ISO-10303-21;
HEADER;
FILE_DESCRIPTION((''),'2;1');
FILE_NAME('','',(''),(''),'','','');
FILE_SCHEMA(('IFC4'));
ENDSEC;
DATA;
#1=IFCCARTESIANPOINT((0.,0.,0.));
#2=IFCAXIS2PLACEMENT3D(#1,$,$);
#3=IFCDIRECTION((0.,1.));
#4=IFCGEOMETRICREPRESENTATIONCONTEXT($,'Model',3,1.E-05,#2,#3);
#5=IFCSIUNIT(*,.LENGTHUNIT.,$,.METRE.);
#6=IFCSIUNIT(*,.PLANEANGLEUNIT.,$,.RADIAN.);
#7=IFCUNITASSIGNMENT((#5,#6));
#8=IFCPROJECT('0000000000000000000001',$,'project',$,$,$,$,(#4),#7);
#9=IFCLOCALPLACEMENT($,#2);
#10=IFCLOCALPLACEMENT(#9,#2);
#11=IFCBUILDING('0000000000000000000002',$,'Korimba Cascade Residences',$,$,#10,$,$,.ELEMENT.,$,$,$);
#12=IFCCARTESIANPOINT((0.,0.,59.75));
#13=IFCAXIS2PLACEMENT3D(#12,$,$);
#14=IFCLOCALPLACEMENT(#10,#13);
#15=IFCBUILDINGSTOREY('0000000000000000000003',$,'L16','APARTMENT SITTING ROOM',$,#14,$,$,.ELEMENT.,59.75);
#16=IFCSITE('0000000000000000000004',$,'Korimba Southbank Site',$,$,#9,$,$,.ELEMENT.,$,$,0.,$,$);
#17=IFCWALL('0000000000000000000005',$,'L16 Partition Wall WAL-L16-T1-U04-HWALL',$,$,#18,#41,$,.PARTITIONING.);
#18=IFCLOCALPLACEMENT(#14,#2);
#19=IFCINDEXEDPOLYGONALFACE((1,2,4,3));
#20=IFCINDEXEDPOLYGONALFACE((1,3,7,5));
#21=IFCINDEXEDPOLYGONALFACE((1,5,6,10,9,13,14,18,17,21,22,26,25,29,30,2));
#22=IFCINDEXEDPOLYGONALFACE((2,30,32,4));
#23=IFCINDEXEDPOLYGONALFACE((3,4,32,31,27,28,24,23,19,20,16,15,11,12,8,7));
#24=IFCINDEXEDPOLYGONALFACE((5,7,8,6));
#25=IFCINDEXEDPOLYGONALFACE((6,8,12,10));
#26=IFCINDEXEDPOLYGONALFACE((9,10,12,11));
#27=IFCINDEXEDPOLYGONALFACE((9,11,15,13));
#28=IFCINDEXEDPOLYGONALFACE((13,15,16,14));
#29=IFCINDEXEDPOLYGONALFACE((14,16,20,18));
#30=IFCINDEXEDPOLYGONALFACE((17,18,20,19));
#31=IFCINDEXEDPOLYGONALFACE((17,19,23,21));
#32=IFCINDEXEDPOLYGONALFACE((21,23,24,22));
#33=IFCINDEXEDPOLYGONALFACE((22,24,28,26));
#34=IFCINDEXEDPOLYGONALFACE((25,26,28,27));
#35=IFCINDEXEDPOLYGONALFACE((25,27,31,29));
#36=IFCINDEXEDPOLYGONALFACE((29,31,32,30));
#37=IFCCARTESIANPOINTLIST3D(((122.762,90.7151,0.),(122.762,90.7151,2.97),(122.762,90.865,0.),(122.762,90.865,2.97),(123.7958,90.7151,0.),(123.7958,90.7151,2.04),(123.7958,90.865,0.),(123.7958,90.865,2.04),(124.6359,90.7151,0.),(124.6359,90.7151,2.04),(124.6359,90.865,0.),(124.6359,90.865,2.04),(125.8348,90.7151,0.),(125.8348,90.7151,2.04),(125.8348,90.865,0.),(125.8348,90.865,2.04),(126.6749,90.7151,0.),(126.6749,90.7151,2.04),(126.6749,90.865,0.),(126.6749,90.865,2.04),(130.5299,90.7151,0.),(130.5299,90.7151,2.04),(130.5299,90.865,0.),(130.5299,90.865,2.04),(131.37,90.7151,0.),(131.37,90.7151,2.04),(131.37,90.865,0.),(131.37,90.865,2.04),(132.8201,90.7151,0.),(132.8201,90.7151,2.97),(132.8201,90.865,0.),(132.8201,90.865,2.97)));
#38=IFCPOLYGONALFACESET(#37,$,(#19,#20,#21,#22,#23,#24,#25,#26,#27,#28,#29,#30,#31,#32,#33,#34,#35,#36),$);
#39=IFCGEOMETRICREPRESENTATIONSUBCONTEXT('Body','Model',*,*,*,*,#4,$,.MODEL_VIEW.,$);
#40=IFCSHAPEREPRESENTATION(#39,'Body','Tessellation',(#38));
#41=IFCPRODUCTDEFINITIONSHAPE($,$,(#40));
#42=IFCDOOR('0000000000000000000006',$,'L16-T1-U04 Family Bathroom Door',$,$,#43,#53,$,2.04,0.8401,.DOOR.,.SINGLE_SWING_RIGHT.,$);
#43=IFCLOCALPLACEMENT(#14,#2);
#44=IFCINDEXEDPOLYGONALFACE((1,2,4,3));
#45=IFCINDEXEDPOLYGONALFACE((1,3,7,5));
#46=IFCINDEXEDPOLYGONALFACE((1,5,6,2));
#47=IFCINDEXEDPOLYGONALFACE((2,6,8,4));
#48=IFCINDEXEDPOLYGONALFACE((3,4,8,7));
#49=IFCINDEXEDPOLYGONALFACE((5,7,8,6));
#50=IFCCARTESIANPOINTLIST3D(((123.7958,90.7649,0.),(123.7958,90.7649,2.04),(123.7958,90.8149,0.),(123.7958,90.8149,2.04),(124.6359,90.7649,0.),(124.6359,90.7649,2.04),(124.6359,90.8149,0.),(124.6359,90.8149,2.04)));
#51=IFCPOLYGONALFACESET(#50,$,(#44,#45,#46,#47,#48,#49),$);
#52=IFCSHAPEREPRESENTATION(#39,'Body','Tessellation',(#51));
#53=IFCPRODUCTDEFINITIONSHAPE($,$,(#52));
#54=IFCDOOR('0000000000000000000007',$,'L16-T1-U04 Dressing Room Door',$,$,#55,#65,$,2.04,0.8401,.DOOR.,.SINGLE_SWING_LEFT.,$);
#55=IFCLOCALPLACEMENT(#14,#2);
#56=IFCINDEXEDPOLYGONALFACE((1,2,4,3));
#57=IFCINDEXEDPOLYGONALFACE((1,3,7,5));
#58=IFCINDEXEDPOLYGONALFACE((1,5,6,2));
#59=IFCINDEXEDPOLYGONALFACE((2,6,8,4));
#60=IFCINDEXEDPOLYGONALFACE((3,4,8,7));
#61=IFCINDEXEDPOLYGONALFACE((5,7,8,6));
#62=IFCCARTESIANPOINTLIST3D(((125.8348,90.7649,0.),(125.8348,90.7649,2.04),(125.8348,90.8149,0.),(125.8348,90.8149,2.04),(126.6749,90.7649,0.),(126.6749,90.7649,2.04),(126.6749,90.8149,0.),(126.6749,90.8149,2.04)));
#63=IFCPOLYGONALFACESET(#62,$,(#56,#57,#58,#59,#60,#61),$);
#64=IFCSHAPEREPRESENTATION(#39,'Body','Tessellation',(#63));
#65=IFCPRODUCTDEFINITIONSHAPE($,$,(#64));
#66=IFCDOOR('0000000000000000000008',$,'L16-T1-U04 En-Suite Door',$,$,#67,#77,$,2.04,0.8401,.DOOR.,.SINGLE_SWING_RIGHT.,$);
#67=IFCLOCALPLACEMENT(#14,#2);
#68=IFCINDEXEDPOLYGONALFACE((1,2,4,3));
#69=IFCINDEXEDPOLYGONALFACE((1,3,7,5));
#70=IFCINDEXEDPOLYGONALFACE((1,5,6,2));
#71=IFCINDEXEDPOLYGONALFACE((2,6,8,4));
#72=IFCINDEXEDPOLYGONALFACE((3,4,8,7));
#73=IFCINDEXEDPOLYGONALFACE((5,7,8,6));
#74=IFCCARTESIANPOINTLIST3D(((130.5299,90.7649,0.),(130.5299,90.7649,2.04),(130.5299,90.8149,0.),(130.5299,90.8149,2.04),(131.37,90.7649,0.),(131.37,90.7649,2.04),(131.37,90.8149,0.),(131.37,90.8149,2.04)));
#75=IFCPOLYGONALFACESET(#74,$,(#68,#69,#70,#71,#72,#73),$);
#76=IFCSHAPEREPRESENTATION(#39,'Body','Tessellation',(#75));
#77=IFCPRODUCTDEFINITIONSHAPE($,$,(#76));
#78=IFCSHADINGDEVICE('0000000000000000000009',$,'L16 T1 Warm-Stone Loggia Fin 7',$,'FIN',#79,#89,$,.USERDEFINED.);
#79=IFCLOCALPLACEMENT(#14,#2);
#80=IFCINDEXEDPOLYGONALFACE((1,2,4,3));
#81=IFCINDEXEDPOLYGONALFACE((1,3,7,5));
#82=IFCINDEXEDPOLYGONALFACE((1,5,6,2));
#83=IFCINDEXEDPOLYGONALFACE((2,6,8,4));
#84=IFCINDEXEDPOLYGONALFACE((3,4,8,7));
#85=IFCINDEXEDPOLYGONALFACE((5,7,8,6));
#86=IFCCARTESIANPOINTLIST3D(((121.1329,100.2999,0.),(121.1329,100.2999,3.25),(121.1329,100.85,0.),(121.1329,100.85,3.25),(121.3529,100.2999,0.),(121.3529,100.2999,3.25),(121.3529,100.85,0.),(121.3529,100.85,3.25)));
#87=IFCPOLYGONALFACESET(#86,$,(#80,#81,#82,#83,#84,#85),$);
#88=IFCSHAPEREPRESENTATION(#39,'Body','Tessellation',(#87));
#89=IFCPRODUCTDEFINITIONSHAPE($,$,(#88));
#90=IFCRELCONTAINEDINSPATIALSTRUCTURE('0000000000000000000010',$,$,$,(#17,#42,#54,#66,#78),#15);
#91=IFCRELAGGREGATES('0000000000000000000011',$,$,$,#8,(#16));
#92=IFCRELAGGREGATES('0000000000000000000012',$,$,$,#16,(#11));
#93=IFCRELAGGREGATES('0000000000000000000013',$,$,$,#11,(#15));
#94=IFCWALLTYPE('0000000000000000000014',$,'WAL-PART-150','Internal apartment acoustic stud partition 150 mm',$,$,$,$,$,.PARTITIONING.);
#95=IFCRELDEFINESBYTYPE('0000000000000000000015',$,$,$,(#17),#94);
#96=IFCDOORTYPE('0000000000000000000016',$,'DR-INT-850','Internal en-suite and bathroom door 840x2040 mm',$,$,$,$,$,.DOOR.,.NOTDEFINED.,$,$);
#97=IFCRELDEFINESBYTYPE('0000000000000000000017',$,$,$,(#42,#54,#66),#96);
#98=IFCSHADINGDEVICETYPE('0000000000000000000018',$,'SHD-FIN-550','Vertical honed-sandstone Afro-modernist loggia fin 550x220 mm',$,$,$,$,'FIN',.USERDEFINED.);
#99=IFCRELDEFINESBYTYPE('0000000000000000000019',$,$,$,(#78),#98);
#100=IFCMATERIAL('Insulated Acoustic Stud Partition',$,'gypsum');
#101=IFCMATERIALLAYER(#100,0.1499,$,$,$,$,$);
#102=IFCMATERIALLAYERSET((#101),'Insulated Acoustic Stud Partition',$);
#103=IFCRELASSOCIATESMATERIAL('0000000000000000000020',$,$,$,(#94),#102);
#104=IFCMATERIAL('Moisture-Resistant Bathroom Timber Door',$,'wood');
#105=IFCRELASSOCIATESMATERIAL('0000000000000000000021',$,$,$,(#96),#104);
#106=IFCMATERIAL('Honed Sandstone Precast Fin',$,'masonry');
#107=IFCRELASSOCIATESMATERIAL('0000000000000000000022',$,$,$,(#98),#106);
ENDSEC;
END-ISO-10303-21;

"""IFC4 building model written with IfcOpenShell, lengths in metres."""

from ifc_helpers import new_model, si_unit, direction, frame, frame_2d, origin, origin_2d, place, context, subcontext, project, spatial, rectangle, extrude, material, layer, layer_set, type_object, element, fill, save


model = new_model("IFC4")

# Units and contexts
model_context = context("Model", 3, precision=1e-05, world=origin(), true_north=direction((0.0, 1.0)))
body_context = subcontext(model_context, "Body", "Model", "MODEL_VIEW")
ifc_project = project(units=[si_unit("LENGTHUNIT", "METRE"), si_unit("PLANEANGLEUNIT", "RADIAN")], contexts=[model_context])

# Site, building, storey
site_placement = place(None, origin())
site = spatial("IfcSite", under=ifc_project, at=site_placement, Name="Korimba Southbank Site", CompositionType="ELEMENT", RefElevation=0.0)
building_placement = place(site_placement, origin())
building = spatial("IfcBuilding", under=site, at=building_placement, Name="Korimba Cascade Residences", CompositionType="ELEMENT")
storey_placement = place(building_placement, frame((0.0, 0.0, 59.75)))
storey = spatial("IfcBuildingStorey", under=building, at=storey_placement, Name="L16", Description="APARTMENT SITTING ROOM", CompositionType="ELEMENT", Elevation=59.75)

# Shared definitions
ifc_material_1 = material(Name="Insulated Acoustic Stud Partition", Category="gypsum")
ifc_layer = layer(ifc_material_1, 0.1499)
ifc_layer_set = layer_set([ifc_layer], Name="Insulated Acoustic Stud Partition")
wall_type = type_object("IfcWallType", Name="WAL-PART-150", Description="Internal apartment acoustic stud partition 150 mm", PredefinedType="PARTITIONING", material=ifc_layer_set)

# Wall, openings, doors
wall_1_placement = place(storey_placement, frame((122.762, 90.79, 0.0), z_axis=(0.0, 0.0, 1.0), x_axis=(1.0, 0.0, 0.0)))
wall_1 = element("IfcWall", 1, at=wall_1_placement, inside=storey, type_object=wall_type, Name="L16 Partition Wall WAL-L16-T1-U04-HWALL", PredefinedType="PARTITIONING", context=body_context, shape_type="SweptSolid", body=[
    extrude(rectangle(XDim=10.0581, YDim=0.1499, at=frame_2d((5.0291, 0.0))), origin(), (0.0, 0.0, 1.0), 2.97),
])
opening_1_placement = place(wall_1_placement, frame((1.0339, 0.0, 0.0)))
opening_1 = element("IfcOpeningElement", 2, at=opening_1_placement, cuts=wall_1, PredefinedType="OPENING", context=body_context, shape_type="SweptSolid", body=[
    extrude(rectangle(XDim=0.8401, YDim=2.04, at=frame_2d((0.4199, 1.02))), frame((0.0, 0.085, 0.0), z_axis=(0.0, -1.0, 0.0), x_axis=(1.0, 0.0, 0.0)), (0.0, 0.0, 1.0), 0.1699),
])
opening_2_placement = place(wall_1_placement, frame((3.073, 0.0, 0.0)))
opening_2 = element("IfcOpeningElement", 3, at=opening_2_placement, cuts=wall_1, PredefinedType="OPENING", context=body_context, shape_type="SweptSolid", body=[
    extrude(rectangle(XDim=0.8401, YDim=2.04, at=frame_2d((0.4199, 1.02))), frame((0.0, 0.085, 0.0), z_axis=(0.0, -1.0, 0.0), x_axis=(1.0, 0.0, 0.0)), (0.0, 0.0, 1.0), 0.1699),
])
opening_3_placement = place(wall_1_placement, frame((7.7681, 0.0, 0.0)))
opening_3 = element("IfcOpeningElement", 4, at=opening_3_placement, cuts=wall_1, PredefinedType="OPENING", context=body_context, shape_type="SweptSolid", body=[
    extrude(rectangle(XDim=0.8401, YDim=2.04, at=frame_2d((0.4199, 1.02))), frame((0.0, 0.085, 0.0), z_axis=(0.0, -1.0, 0.0), x_axis=(1.0, 0.0, 0.0)), (0.0, 0.0, 1.0), 0.1699),
])
ifc_material_2 = material(Name="Moisture-Resistant Bathroom Timber Door", Category="wood")
door_type = type_object("IfcDoorType", Name="DR-INT-850", Description="Internal en-suite and bathroom door 840x2040 mm", OperationType="NOTDEFINED", PredefinedType="DOOR", material=ifc_material_2)
door_1_placement = place(opening_1_placement, origin())
door_1 = element("IfcDoor", 5, at=door_1_placement, inside=storey, type_object=door_type, Name="L16-T1-U04 Family Bathroom Door", OperationType="SINGLE_SWING_RIGHT", OverallHeight=2.04, OverallWidth=0.8401, PredefinedType="DOOR", context=body_context, shape_type="SweptSolid", body=[
    extrude(rectangle(XDim=0.8401, YDim=2.04, at=frame_2d((0.4199, 1.02))), frame((0.0, 0.0249, 0.0), z_axis=(0.0, -1.0, 0.0), x_axis=(1.0, 0.0, 0.0)), (0.0, 0.0, 1.0), 0.05),
])
fill(opening_1, door_1)
door_2_placement = place(opening_2_placement, origin())
door_2 = element("IfcDoor", 6, at=door_2_placement, inside=storey, type_object=door_type, Name="L16-T1-U04 Dressing Room Door", OperationType="SINGLE_SWING_LEFT", OverallHeight=2.04, OverallWidth=0.8401, PredefinedType="DOOR", context=body_context, shape_type="SweptSolid", body=[
    extrude(rectangle(XDim=0.8401, YDim=2.04, at=frame_2d((0.4199, 1.02))), frame((0.0, 0.0249, 0.0), z_axis=(0.0, -1.0, 0.0), x_axis=(1.0, 0.0, 0.0)), (0.0, 0.0, 1.0), 0.05),
])
fill(opening_2, door_2)
door_3_placement = place(opening_3_placement, origin())
door_3 = element("IfcDoor", 7, at=door_3_placement, inside=storey, type_object=door_type, Name="L16-T1-U04 En-Suite Door", OperationType="SINGLE_SWING_RIGHT", OverallHeight=2.04, OverallWidth=0.8401, PredefinedType="DOOR", context=body_context, shape_type="SweptSolid", body=[
    extrude(rectangle(XDim=0.8401, YDim=2.04, at=frame_2d((0.4199, 1.02))), frame((0.0, 0.0249, 0.0), z_axis=(0.0, -1.0, 0.0), x_axis=(1.0, 0.0, 0.0)), (0.0, 0.0, 1.0), 0.05),
])
fill(opening_3, door_3)

# Shading device
ifc_material_3 = material(Name="Honed Sandstone Precast Fin", Category="masonry")
shading_device_type = type_object("IfcShadingDeviceType", Name="SHD-FIN-550", Description="Vertical honed-sandstone Afro-modernist loggia fin 550x220 mm", ElementType="FIN", PredefinedType="USERDEFINED", material=ifc_material_3)
shading_device_placement = place(storey_placement, frame((121.2429, 100.575, 0.0), z_axis=(0.0, 0.0, 1.0), x_axis=(1.0, 0.0, 0.0)))
element("IfcShadingDevice", 8, at=shading_device_placement, inside=storey, type_object=shading_device_type, Name="L16 T1 Warm-Stone Loggia Fin 7", ObjectType="FIN", PredefinedType="USERDEFINED", context=body_context, shape_type="SweptSolid", body=[
    extrude(rectangle(XDim=0.22, YDim=0.55, at=origin_2d()), origin(), (0.0, 0.0, 1.0), 3.25),
])

save(model, "model.ifc")
